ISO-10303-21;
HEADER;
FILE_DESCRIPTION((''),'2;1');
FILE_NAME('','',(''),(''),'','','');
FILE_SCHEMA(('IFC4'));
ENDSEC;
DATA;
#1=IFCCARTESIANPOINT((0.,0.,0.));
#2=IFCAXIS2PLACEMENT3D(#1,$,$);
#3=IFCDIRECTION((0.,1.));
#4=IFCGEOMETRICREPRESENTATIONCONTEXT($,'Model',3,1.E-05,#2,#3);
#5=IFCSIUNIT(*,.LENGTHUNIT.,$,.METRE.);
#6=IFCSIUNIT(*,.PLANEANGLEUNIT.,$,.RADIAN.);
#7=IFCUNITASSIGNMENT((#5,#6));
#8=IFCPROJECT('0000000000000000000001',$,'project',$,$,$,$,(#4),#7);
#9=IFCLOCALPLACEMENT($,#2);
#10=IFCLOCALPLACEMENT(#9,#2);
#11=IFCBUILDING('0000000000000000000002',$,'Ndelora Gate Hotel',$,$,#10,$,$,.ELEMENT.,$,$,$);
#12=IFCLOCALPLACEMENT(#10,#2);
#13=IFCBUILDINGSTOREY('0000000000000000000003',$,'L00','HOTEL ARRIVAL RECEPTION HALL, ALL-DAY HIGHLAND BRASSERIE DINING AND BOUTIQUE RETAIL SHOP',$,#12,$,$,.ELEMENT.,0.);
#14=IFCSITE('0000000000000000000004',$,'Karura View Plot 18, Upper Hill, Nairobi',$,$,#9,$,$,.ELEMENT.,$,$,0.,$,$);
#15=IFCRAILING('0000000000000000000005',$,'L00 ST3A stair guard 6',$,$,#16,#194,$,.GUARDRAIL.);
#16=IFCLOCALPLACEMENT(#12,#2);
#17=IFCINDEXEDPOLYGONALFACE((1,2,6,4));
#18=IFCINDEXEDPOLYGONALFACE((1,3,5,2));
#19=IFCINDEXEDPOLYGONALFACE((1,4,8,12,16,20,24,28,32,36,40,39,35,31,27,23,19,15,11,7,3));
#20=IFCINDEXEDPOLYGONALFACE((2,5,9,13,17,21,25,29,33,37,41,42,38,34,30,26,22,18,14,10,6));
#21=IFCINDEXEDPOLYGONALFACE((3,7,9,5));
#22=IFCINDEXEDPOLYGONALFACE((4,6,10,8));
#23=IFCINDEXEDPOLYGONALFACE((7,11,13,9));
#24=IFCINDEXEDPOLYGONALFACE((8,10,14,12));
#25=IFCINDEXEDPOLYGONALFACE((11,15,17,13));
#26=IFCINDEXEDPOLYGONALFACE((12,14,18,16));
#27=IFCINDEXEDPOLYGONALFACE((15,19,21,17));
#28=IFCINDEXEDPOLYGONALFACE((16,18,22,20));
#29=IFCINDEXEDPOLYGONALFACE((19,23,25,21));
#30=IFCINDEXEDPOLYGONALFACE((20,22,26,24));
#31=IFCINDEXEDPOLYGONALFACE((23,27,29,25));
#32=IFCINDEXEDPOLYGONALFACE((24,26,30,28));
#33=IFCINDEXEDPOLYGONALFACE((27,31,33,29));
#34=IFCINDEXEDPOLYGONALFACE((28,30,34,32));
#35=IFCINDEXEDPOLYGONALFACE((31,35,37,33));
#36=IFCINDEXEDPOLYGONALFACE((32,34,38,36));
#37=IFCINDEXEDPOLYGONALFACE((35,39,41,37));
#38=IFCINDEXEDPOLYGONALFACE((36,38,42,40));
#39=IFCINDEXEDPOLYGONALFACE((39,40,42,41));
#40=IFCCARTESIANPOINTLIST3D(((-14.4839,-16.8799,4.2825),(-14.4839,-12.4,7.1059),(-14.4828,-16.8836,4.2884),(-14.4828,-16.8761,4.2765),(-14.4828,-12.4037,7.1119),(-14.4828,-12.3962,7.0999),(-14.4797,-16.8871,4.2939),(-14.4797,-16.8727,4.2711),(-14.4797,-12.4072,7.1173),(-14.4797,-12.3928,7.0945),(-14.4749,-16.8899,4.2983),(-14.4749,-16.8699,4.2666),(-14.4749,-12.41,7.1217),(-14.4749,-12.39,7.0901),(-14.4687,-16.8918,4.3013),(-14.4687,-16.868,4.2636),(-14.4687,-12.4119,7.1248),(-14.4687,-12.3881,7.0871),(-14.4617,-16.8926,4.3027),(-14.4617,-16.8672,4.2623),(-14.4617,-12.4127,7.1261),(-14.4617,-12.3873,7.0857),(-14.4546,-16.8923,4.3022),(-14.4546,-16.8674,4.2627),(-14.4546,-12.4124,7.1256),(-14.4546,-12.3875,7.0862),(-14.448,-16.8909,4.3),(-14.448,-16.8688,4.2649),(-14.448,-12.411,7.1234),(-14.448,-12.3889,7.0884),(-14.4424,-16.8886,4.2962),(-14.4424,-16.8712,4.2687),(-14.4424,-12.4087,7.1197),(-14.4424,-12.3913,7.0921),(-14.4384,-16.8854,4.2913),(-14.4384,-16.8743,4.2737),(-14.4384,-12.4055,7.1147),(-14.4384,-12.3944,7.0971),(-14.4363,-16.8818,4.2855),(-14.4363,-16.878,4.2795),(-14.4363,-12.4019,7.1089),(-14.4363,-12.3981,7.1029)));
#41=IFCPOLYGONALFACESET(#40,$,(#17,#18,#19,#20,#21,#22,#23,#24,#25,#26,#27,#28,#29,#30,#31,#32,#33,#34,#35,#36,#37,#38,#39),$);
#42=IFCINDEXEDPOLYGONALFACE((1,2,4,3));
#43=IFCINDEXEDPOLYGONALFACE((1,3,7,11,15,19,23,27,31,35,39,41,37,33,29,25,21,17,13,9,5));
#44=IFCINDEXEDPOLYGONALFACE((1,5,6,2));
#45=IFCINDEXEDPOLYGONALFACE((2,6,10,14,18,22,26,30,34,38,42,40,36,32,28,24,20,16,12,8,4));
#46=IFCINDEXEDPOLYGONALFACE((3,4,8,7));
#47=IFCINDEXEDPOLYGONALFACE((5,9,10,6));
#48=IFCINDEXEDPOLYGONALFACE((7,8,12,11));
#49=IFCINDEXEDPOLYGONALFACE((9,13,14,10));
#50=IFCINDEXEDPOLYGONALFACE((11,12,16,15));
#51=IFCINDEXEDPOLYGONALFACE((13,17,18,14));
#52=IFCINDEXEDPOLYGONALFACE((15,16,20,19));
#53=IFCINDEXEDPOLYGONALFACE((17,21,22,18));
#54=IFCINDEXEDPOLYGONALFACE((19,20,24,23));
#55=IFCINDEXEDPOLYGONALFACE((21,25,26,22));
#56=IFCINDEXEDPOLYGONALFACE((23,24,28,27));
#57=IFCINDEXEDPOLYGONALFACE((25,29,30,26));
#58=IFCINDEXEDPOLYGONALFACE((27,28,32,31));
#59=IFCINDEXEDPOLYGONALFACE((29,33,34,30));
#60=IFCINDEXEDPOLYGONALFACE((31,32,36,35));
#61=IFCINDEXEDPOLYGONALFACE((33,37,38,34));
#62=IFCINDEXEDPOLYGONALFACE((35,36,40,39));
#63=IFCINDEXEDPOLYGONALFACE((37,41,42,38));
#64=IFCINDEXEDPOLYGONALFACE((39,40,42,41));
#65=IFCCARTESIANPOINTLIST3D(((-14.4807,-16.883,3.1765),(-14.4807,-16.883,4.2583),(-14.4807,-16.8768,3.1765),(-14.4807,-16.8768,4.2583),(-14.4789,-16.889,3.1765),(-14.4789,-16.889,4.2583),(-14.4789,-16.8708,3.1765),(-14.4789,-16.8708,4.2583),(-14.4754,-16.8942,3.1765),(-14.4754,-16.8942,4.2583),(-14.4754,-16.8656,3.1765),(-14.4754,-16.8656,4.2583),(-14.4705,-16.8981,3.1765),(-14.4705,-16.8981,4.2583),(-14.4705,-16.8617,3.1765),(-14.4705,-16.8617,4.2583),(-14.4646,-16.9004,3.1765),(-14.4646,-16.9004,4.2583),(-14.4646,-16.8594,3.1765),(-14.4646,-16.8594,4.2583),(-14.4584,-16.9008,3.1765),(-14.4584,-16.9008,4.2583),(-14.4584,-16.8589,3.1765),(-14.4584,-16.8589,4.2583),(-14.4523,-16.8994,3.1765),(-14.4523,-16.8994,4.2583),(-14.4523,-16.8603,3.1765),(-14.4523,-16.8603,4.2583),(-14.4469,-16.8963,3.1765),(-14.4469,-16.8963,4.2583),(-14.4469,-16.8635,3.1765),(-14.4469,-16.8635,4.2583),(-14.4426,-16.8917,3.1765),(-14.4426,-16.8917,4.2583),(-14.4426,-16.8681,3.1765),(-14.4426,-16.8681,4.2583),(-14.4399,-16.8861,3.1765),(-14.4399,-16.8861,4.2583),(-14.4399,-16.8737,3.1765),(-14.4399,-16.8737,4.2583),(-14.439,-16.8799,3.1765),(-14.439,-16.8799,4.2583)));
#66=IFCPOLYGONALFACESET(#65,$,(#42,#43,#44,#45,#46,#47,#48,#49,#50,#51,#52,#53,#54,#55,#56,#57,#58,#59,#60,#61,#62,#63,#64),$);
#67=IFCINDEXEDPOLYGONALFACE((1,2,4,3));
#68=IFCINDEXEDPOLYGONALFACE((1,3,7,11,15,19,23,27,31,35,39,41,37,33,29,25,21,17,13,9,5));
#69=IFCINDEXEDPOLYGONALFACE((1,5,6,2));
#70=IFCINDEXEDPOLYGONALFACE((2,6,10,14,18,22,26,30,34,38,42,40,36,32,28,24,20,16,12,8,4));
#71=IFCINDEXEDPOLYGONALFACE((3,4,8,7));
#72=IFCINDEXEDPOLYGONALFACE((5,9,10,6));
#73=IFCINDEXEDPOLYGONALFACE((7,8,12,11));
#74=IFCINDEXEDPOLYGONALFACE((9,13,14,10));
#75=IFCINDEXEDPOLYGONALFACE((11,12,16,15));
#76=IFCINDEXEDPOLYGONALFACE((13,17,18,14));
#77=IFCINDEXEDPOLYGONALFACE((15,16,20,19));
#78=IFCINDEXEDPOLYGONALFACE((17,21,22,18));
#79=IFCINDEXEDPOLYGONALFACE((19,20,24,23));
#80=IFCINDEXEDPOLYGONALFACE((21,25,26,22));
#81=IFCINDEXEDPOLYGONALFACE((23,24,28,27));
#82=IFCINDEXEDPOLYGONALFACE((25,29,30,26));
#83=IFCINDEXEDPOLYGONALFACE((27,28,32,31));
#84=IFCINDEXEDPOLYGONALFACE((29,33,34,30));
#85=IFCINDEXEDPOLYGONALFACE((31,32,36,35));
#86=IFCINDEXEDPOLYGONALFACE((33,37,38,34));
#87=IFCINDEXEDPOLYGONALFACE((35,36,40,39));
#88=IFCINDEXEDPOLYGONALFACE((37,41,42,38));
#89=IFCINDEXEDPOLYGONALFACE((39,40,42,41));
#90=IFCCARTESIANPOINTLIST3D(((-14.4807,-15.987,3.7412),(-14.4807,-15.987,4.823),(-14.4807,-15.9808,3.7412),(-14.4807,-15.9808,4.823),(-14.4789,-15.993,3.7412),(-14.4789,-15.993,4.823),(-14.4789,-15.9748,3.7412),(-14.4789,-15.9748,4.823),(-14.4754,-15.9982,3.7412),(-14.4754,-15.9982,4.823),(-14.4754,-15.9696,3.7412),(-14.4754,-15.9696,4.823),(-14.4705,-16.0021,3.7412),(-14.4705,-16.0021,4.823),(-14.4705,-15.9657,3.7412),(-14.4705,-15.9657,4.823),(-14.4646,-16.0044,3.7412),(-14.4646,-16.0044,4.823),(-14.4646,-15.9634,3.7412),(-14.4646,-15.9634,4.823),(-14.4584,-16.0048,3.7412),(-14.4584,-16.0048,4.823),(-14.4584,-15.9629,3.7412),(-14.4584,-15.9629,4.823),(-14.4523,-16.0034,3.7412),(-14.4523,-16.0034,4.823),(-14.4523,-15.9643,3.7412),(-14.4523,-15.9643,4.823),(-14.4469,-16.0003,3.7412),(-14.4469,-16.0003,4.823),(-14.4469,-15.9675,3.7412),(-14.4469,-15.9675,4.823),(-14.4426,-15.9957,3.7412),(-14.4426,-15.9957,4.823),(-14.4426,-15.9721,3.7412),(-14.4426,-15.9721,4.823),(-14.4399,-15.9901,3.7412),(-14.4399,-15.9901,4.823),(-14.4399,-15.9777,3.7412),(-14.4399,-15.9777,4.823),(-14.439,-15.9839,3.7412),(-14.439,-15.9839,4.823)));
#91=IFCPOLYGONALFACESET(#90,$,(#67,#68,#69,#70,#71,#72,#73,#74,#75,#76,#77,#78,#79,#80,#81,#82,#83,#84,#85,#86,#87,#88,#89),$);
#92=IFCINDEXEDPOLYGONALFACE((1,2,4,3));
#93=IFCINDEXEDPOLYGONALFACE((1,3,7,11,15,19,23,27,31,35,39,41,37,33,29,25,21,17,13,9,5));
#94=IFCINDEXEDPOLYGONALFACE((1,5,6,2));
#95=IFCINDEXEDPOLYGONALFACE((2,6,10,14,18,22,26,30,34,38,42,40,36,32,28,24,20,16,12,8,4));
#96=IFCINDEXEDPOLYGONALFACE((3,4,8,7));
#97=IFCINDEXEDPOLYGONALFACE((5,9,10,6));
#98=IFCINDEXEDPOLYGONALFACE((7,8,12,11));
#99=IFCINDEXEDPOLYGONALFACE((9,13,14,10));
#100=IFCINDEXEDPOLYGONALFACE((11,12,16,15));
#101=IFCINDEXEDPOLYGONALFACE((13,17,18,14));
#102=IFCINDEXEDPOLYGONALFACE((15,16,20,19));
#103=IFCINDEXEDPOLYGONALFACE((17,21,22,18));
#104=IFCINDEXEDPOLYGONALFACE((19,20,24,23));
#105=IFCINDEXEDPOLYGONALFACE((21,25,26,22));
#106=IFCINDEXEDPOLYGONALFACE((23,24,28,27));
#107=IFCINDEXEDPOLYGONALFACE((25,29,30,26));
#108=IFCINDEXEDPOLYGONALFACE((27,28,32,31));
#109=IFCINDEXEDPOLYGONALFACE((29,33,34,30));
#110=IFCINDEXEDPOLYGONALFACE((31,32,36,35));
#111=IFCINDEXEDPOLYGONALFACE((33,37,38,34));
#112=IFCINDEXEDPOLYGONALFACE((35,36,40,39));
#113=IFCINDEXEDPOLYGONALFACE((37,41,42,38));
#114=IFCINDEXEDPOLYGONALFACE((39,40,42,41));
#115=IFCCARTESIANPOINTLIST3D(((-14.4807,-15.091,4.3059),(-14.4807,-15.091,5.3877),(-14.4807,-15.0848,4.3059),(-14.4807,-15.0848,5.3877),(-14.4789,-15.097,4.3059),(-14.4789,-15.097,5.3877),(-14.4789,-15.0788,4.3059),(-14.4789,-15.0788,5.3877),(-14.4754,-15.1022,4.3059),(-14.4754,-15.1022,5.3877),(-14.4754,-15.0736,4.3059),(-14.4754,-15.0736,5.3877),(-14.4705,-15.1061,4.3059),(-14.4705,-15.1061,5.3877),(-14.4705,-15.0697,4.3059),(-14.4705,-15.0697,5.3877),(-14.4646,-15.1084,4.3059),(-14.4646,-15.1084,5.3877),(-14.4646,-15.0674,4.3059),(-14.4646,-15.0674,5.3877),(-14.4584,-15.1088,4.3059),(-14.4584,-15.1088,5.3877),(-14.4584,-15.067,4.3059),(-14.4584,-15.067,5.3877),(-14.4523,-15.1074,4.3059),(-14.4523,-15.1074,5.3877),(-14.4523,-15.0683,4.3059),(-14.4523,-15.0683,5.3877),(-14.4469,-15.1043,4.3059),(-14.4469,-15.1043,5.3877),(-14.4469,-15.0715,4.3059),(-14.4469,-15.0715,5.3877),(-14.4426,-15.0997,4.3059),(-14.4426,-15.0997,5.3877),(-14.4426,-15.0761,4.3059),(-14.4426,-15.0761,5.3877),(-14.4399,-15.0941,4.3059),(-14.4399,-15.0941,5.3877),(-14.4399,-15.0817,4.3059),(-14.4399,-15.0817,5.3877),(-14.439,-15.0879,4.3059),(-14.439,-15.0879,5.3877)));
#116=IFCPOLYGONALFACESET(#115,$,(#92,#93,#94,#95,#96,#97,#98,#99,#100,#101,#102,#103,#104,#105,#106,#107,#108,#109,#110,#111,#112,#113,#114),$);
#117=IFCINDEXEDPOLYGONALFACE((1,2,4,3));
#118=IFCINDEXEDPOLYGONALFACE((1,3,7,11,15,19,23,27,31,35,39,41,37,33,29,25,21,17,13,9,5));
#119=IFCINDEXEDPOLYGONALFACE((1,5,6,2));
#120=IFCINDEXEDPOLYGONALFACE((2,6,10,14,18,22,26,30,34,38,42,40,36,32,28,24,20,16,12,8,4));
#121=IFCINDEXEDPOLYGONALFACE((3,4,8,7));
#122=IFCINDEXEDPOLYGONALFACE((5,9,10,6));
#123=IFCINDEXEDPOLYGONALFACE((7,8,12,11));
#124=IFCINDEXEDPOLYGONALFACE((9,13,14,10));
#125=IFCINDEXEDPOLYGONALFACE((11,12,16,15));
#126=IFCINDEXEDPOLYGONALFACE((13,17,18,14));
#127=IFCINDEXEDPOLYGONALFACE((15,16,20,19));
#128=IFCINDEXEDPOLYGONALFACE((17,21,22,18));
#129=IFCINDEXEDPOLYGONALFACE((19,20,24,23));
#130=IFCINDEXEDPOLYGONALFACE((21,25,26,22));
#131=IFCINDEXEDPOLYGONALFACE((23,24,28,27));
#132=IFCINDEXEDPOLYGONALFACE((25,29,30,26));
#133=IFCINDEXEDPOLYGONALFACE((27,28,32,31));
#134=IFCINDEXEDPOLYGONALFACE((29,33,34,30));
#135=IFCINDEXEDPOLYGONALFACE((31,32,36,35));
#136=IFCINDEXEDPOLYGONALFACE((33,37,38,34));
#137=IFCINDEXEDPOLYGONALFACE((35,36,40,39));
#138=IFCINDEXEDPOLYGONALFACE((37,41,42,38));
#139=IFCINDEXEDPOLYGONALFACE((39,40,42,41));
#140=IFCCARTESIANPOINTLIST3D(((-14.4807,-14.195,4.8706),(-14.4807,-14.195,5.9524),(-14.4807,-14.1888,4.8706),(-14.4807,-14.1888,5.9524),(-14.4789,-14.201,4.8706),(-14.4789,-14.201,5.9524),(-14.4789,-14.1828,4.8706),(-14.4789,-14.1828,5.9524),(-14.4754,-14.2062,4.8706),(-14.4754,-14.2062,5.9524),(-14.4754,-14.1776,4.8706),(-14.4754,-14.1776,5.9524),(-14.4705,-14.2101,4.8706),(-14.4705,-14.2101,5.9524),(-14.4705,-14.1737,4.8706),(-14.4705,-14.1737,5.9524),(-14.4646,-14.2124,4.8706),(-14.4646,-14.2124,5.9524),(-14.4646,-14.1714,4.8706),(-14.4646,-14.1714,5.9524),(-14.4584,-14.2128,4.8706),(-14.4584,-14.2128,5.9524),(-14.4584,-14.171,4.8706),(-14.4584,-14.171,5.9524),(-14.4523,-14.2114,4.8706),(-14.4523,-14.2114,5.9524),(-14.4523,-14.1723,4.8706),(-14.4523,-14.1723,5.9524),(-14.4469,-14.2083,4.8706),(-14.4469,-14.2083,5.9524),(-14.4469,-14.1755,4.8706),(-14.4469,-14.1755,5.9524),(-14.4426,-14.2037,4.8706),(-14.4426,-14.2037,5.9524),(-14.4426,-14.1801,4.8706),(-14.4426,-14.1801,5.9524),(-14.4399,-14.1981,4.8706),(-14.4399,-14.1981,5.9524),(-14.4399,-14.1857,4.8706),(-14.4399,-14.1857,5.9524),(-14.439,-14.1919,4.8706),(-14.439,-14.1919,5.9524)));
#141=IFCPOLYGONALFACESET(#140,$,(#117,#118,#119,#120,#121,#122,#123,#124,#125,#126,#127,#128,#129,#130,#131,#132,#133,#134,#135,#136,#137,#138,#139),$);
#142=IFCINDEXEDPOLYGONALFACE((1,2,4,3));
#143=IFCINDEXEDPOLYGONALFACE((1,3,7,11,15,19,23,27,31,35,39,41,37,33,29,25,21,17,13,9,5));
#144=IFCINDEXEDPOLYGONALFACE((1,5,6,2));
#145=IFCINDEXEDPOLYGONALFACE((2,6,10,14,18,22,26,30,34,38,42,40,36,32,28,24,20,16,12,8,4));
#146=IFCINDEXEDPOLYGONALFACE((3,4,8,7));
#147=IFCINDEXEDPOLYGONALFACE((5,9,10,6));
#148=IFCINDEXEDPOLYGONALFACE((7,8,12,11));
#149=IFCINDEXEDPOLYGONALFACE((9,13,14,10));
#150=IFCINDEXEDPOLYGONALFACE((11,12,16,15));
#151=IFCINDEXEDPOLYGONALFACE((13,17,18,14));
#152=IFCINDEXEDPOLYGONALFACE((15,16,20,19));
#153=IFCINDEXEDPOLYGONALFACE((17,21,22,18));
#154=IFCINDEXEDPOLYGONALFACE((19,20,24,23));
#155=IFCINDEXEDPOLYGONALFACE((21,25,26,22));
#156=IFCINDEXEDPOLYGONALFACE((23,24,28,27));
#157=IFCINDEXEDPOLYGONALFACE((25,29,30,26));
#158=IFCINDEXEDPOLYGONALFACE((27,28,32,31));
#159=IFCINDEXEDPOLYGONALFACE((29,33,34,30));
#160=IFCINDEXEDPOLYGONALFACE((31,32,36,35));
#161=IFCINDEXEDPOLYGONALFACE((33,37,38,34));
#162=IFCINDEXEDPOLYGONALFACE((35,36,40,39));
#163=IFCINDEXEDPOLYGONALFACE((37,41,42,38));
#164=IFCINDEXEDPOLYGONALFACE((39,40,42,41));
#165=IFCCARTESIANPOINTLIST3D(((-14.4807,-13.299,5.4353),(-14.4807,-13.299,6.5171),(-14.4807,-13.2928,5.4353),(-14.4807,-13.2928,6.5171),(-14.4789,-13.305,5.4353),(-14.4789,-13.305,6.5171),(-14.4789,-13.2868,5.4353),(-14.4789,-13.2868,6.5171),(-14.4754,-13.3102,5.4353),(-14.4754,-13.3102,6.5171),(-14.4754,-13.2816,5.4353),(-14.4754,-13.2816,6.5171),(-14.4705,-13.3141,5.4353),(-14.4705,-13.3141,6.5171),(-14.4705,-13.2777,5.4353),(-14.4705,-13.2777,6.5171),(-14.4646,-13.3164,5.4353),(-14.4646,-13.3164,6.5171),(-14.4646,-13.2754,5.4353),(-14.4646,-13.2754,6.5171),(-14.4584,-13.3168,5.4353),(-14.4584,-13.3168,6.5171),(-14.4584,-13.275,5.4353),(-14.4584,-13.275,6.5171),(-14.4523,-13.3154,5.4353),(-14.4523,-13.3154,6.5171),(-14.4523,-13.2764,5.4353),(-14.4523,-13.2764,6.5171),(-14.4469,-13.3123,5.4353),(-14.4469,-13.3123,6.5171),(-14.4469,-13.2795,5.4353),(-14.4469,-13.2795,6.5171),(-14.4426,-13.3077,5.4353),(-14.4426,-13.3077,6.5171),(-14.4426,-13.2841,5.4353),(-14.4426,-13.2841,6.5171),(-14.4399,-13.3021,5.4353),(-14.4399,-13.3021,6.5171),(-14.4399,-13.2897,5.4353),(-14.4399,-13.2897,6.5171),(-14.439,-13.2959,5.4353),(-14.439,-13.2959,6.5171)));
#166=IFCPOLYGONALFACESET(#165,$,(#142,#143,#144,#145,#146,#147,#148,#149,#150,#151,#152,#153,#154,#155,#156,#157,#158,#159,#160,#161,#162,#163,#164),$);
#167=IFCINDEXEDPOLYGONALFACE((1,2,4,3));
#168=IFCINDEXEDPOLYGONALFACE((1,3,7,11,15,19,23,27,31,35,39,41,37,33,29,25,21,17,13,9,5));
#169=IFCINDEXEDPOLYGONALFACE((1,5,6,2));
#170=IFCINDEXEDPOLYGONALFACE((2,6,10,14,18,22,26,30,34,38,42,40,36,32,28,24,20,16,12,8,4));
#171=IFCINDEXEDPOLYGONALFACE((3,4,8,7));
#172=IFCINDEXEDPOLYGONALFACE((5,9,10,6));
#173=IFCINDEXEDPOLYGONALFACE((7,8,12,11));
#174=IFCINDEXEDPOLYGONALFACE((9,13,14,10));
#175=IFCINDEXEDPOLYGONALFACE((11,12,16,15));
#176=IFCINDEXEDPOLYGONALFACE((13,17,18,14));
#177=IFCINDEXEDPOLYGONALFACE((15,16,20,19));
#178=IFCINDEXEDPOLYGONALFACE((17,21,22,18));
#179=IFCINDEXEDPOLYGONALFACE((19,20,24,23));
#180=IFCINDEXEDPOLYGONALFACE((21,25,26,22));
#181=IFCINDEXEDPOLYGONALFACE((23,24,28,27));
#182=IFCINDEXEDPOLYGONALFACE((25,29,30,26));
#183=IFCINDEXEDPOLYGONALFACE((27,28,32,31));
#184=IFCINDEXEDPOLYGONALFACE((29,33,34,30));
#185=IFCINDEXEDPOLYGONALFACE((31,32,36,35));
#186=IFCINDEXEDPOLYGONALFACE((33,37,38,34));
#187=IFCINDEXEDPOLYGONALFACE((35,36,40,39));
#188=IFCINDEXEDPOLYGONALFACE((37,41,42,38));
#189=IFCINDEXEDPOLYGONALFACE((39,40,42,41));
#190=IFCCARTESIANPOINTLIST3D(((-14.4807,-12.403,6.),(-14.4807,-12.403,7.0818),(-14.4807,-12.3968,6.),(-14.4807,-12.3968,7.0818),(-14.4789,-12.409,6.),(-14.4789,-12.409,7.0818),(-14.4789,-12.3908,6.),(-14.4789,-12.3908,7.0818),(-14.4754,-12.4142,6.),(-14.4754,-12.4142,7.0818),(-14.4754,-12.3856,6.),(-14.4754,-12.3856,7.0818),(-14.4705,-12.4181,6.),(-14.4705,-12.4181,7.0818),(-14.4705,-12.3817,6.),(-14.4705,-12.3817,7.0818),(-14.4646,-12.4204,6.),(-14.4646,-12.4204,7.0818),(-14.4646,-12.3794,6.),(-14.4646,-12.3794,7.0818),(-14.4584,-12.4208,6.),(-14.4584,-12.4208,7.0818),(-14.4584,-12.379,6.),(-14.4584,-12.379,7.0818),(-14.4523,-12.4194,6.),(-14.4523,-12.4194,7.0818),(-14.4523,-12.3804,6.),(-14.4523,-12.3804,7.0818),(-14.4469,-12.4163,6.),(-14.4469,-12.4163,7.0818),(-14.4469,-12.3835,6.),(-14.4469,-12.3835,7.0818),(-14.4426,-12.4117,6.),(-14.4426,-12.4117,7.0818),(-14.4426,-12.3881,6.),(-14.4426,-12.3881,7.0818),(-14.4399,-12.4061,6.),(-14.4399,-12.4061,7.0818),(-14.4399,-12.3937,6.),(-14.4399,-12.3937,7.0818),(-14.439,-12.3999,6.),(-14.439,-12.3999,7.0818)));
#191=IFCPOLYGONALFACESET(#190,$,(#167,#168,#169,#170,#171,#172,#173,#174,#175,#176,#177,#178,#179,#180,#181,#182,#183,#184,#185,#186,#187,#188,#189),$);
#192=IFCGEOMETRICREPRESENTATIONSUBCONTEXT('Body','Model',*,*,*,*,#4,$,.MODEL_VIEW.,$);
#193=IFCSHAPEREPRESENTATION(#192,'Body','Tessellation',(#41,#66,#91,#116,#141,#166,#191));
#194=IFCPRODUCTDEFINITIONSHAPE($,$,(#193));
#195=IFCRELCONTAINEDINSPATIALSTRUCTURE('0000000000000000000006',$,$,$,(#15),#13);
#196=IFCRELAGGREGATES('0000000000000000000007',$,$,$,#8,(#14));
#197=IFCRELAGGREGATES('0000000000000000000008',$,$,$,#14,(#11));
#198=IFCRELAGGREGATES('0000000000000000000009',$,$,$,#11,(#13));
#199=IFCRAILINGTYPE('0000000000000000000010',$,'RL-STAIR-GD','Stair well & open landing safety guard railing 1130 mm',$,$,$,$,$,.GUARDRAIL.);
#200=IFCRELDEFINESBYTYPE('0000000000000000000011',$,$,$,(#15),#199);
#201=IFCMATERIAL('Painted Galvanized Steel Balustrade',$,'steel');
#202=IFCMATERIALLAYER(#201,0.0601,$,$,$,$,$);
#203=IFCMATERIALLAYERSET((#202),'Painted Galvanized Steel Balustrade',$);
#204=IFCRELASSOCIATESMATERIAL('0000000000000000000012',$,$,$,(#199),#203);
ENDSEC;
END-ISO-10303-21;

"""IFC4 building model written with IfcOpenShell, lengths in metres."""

from ifc_helpers import new_model, si_unit, direction, frame, origin, origin_2d, place, context, subcontext, project, spatial, circle, extrude, material, layer, layer_set, type_object, element, save


model = new_model("IFC4")

# Units and contexts
model_context = context("Model", 3, precision=1e-05, world=origin(), true_north=direction((0.0, 1.0)))
body_context = subcontext(model_context, "Body", "Model", "MODEL_VIEW")
ifc_project = project(units=[si_unit("LENGTHUNIT", "METRE"), si_unit("PLANEANGLEUNIT", "RADIAN")], contexts=[model_context])

# Site, building, storey
site_placement = place(None, origin())
site = spatial("IfcSite", under=ifc_project, at=site_placement, Name="Karura View Plot 18, Upper Hill, Nairobi", CompositionType="ELEMENT", RefElevation=0.0)
building_placement = place(site_placement, origin())
building = spatial("IfcBuilding", under=site, at=building_placement, Name="Ndelora Gate Hotel", CompositionType="ELEMENT")
storey_placement = place(building_placement, origin())
storey = spatial("IfcBuildingStorey", under=building, at=storey_placement, Name="L00", Description="HOTEL ARRIVAL RECEPTION HALL, ALL-DAY HIGHLAND BRASSERIE DINING AND BOUTIQUE RETAIL SHOP", CompositionType="ELEMENT", Elevation=0.0)

# Railing
ifc_material_1 = material(Name="Painted Galvanized Steel Balustrade", Category="steel")
ifc_layer_1 = layer(ifc_material_1, 0.0601)
ifc_layer_set_1 = layer_set([ifc_layer_1], Name="Painted Galvanized Steel Balustrade")
railing_type = type_object("IfcRailingType", Name="RL-STAIR-GD", Description="Stair well & open landing safety guard railing 1130 mm", PredefinedType="GUARDRAIL", material=ifc_layer_set_1)
railing_1_placement = place(storey_placement, frame((-14.46, -16.8799, 3.1765)))
element("IfcRailing", 1, at=railing_1_placement, inside=storey, type_object=railing_type, Name="L00 ST3A stair guard 6", PredefinedType="GUARDRAIL", context=body_context, shape_type="SweptSolid", body=[
    extrude(circle(Radius=0.0239, at=origin_2d()), frame((0.0, 0.0, 1.106), z_axis=(0.0, 0.845998, 0.533186), x_axis=(-1.0, 0.0, 0.0)), (0.0, 0.0, 1.0), 5.2954),
    extrude(circle(Radius=0.021, at=origin_2d()), origin(), (0.0, 0.0, 1.0), 1.0818),
    extrude(circle(Radius=0.021, at=origin_2d()), frame((0.0, 0.896, 0.5647)), (0.0, 0.0, 1.0), 1.0818),
    extrude(circle(Radius=0.021, at=origin_2d()), frame((0.0, 1.792, 1.1294)), (0.0, 0.0, 1.0), 1.0818),
    extrude(circle(Radius=0.021, at=origin_2d()), frame((0.0, 2.688, 1.6941)), (0.0, 0.0, 1.0), 1.0818),
    extrude(circle(Radius=0.021, at=origin_2d()), frame((0.0, 3.584, 2.2588)), (0.0, 0.0, 1.0), 1.0818),
    extrude(circle(Radius=0.021, at=origin_2d()), frame((0.0, 4.48, 2.8235)), (0.0, 0.0, 1.0), 1.0818),
])

save(model, "model.ifc")
